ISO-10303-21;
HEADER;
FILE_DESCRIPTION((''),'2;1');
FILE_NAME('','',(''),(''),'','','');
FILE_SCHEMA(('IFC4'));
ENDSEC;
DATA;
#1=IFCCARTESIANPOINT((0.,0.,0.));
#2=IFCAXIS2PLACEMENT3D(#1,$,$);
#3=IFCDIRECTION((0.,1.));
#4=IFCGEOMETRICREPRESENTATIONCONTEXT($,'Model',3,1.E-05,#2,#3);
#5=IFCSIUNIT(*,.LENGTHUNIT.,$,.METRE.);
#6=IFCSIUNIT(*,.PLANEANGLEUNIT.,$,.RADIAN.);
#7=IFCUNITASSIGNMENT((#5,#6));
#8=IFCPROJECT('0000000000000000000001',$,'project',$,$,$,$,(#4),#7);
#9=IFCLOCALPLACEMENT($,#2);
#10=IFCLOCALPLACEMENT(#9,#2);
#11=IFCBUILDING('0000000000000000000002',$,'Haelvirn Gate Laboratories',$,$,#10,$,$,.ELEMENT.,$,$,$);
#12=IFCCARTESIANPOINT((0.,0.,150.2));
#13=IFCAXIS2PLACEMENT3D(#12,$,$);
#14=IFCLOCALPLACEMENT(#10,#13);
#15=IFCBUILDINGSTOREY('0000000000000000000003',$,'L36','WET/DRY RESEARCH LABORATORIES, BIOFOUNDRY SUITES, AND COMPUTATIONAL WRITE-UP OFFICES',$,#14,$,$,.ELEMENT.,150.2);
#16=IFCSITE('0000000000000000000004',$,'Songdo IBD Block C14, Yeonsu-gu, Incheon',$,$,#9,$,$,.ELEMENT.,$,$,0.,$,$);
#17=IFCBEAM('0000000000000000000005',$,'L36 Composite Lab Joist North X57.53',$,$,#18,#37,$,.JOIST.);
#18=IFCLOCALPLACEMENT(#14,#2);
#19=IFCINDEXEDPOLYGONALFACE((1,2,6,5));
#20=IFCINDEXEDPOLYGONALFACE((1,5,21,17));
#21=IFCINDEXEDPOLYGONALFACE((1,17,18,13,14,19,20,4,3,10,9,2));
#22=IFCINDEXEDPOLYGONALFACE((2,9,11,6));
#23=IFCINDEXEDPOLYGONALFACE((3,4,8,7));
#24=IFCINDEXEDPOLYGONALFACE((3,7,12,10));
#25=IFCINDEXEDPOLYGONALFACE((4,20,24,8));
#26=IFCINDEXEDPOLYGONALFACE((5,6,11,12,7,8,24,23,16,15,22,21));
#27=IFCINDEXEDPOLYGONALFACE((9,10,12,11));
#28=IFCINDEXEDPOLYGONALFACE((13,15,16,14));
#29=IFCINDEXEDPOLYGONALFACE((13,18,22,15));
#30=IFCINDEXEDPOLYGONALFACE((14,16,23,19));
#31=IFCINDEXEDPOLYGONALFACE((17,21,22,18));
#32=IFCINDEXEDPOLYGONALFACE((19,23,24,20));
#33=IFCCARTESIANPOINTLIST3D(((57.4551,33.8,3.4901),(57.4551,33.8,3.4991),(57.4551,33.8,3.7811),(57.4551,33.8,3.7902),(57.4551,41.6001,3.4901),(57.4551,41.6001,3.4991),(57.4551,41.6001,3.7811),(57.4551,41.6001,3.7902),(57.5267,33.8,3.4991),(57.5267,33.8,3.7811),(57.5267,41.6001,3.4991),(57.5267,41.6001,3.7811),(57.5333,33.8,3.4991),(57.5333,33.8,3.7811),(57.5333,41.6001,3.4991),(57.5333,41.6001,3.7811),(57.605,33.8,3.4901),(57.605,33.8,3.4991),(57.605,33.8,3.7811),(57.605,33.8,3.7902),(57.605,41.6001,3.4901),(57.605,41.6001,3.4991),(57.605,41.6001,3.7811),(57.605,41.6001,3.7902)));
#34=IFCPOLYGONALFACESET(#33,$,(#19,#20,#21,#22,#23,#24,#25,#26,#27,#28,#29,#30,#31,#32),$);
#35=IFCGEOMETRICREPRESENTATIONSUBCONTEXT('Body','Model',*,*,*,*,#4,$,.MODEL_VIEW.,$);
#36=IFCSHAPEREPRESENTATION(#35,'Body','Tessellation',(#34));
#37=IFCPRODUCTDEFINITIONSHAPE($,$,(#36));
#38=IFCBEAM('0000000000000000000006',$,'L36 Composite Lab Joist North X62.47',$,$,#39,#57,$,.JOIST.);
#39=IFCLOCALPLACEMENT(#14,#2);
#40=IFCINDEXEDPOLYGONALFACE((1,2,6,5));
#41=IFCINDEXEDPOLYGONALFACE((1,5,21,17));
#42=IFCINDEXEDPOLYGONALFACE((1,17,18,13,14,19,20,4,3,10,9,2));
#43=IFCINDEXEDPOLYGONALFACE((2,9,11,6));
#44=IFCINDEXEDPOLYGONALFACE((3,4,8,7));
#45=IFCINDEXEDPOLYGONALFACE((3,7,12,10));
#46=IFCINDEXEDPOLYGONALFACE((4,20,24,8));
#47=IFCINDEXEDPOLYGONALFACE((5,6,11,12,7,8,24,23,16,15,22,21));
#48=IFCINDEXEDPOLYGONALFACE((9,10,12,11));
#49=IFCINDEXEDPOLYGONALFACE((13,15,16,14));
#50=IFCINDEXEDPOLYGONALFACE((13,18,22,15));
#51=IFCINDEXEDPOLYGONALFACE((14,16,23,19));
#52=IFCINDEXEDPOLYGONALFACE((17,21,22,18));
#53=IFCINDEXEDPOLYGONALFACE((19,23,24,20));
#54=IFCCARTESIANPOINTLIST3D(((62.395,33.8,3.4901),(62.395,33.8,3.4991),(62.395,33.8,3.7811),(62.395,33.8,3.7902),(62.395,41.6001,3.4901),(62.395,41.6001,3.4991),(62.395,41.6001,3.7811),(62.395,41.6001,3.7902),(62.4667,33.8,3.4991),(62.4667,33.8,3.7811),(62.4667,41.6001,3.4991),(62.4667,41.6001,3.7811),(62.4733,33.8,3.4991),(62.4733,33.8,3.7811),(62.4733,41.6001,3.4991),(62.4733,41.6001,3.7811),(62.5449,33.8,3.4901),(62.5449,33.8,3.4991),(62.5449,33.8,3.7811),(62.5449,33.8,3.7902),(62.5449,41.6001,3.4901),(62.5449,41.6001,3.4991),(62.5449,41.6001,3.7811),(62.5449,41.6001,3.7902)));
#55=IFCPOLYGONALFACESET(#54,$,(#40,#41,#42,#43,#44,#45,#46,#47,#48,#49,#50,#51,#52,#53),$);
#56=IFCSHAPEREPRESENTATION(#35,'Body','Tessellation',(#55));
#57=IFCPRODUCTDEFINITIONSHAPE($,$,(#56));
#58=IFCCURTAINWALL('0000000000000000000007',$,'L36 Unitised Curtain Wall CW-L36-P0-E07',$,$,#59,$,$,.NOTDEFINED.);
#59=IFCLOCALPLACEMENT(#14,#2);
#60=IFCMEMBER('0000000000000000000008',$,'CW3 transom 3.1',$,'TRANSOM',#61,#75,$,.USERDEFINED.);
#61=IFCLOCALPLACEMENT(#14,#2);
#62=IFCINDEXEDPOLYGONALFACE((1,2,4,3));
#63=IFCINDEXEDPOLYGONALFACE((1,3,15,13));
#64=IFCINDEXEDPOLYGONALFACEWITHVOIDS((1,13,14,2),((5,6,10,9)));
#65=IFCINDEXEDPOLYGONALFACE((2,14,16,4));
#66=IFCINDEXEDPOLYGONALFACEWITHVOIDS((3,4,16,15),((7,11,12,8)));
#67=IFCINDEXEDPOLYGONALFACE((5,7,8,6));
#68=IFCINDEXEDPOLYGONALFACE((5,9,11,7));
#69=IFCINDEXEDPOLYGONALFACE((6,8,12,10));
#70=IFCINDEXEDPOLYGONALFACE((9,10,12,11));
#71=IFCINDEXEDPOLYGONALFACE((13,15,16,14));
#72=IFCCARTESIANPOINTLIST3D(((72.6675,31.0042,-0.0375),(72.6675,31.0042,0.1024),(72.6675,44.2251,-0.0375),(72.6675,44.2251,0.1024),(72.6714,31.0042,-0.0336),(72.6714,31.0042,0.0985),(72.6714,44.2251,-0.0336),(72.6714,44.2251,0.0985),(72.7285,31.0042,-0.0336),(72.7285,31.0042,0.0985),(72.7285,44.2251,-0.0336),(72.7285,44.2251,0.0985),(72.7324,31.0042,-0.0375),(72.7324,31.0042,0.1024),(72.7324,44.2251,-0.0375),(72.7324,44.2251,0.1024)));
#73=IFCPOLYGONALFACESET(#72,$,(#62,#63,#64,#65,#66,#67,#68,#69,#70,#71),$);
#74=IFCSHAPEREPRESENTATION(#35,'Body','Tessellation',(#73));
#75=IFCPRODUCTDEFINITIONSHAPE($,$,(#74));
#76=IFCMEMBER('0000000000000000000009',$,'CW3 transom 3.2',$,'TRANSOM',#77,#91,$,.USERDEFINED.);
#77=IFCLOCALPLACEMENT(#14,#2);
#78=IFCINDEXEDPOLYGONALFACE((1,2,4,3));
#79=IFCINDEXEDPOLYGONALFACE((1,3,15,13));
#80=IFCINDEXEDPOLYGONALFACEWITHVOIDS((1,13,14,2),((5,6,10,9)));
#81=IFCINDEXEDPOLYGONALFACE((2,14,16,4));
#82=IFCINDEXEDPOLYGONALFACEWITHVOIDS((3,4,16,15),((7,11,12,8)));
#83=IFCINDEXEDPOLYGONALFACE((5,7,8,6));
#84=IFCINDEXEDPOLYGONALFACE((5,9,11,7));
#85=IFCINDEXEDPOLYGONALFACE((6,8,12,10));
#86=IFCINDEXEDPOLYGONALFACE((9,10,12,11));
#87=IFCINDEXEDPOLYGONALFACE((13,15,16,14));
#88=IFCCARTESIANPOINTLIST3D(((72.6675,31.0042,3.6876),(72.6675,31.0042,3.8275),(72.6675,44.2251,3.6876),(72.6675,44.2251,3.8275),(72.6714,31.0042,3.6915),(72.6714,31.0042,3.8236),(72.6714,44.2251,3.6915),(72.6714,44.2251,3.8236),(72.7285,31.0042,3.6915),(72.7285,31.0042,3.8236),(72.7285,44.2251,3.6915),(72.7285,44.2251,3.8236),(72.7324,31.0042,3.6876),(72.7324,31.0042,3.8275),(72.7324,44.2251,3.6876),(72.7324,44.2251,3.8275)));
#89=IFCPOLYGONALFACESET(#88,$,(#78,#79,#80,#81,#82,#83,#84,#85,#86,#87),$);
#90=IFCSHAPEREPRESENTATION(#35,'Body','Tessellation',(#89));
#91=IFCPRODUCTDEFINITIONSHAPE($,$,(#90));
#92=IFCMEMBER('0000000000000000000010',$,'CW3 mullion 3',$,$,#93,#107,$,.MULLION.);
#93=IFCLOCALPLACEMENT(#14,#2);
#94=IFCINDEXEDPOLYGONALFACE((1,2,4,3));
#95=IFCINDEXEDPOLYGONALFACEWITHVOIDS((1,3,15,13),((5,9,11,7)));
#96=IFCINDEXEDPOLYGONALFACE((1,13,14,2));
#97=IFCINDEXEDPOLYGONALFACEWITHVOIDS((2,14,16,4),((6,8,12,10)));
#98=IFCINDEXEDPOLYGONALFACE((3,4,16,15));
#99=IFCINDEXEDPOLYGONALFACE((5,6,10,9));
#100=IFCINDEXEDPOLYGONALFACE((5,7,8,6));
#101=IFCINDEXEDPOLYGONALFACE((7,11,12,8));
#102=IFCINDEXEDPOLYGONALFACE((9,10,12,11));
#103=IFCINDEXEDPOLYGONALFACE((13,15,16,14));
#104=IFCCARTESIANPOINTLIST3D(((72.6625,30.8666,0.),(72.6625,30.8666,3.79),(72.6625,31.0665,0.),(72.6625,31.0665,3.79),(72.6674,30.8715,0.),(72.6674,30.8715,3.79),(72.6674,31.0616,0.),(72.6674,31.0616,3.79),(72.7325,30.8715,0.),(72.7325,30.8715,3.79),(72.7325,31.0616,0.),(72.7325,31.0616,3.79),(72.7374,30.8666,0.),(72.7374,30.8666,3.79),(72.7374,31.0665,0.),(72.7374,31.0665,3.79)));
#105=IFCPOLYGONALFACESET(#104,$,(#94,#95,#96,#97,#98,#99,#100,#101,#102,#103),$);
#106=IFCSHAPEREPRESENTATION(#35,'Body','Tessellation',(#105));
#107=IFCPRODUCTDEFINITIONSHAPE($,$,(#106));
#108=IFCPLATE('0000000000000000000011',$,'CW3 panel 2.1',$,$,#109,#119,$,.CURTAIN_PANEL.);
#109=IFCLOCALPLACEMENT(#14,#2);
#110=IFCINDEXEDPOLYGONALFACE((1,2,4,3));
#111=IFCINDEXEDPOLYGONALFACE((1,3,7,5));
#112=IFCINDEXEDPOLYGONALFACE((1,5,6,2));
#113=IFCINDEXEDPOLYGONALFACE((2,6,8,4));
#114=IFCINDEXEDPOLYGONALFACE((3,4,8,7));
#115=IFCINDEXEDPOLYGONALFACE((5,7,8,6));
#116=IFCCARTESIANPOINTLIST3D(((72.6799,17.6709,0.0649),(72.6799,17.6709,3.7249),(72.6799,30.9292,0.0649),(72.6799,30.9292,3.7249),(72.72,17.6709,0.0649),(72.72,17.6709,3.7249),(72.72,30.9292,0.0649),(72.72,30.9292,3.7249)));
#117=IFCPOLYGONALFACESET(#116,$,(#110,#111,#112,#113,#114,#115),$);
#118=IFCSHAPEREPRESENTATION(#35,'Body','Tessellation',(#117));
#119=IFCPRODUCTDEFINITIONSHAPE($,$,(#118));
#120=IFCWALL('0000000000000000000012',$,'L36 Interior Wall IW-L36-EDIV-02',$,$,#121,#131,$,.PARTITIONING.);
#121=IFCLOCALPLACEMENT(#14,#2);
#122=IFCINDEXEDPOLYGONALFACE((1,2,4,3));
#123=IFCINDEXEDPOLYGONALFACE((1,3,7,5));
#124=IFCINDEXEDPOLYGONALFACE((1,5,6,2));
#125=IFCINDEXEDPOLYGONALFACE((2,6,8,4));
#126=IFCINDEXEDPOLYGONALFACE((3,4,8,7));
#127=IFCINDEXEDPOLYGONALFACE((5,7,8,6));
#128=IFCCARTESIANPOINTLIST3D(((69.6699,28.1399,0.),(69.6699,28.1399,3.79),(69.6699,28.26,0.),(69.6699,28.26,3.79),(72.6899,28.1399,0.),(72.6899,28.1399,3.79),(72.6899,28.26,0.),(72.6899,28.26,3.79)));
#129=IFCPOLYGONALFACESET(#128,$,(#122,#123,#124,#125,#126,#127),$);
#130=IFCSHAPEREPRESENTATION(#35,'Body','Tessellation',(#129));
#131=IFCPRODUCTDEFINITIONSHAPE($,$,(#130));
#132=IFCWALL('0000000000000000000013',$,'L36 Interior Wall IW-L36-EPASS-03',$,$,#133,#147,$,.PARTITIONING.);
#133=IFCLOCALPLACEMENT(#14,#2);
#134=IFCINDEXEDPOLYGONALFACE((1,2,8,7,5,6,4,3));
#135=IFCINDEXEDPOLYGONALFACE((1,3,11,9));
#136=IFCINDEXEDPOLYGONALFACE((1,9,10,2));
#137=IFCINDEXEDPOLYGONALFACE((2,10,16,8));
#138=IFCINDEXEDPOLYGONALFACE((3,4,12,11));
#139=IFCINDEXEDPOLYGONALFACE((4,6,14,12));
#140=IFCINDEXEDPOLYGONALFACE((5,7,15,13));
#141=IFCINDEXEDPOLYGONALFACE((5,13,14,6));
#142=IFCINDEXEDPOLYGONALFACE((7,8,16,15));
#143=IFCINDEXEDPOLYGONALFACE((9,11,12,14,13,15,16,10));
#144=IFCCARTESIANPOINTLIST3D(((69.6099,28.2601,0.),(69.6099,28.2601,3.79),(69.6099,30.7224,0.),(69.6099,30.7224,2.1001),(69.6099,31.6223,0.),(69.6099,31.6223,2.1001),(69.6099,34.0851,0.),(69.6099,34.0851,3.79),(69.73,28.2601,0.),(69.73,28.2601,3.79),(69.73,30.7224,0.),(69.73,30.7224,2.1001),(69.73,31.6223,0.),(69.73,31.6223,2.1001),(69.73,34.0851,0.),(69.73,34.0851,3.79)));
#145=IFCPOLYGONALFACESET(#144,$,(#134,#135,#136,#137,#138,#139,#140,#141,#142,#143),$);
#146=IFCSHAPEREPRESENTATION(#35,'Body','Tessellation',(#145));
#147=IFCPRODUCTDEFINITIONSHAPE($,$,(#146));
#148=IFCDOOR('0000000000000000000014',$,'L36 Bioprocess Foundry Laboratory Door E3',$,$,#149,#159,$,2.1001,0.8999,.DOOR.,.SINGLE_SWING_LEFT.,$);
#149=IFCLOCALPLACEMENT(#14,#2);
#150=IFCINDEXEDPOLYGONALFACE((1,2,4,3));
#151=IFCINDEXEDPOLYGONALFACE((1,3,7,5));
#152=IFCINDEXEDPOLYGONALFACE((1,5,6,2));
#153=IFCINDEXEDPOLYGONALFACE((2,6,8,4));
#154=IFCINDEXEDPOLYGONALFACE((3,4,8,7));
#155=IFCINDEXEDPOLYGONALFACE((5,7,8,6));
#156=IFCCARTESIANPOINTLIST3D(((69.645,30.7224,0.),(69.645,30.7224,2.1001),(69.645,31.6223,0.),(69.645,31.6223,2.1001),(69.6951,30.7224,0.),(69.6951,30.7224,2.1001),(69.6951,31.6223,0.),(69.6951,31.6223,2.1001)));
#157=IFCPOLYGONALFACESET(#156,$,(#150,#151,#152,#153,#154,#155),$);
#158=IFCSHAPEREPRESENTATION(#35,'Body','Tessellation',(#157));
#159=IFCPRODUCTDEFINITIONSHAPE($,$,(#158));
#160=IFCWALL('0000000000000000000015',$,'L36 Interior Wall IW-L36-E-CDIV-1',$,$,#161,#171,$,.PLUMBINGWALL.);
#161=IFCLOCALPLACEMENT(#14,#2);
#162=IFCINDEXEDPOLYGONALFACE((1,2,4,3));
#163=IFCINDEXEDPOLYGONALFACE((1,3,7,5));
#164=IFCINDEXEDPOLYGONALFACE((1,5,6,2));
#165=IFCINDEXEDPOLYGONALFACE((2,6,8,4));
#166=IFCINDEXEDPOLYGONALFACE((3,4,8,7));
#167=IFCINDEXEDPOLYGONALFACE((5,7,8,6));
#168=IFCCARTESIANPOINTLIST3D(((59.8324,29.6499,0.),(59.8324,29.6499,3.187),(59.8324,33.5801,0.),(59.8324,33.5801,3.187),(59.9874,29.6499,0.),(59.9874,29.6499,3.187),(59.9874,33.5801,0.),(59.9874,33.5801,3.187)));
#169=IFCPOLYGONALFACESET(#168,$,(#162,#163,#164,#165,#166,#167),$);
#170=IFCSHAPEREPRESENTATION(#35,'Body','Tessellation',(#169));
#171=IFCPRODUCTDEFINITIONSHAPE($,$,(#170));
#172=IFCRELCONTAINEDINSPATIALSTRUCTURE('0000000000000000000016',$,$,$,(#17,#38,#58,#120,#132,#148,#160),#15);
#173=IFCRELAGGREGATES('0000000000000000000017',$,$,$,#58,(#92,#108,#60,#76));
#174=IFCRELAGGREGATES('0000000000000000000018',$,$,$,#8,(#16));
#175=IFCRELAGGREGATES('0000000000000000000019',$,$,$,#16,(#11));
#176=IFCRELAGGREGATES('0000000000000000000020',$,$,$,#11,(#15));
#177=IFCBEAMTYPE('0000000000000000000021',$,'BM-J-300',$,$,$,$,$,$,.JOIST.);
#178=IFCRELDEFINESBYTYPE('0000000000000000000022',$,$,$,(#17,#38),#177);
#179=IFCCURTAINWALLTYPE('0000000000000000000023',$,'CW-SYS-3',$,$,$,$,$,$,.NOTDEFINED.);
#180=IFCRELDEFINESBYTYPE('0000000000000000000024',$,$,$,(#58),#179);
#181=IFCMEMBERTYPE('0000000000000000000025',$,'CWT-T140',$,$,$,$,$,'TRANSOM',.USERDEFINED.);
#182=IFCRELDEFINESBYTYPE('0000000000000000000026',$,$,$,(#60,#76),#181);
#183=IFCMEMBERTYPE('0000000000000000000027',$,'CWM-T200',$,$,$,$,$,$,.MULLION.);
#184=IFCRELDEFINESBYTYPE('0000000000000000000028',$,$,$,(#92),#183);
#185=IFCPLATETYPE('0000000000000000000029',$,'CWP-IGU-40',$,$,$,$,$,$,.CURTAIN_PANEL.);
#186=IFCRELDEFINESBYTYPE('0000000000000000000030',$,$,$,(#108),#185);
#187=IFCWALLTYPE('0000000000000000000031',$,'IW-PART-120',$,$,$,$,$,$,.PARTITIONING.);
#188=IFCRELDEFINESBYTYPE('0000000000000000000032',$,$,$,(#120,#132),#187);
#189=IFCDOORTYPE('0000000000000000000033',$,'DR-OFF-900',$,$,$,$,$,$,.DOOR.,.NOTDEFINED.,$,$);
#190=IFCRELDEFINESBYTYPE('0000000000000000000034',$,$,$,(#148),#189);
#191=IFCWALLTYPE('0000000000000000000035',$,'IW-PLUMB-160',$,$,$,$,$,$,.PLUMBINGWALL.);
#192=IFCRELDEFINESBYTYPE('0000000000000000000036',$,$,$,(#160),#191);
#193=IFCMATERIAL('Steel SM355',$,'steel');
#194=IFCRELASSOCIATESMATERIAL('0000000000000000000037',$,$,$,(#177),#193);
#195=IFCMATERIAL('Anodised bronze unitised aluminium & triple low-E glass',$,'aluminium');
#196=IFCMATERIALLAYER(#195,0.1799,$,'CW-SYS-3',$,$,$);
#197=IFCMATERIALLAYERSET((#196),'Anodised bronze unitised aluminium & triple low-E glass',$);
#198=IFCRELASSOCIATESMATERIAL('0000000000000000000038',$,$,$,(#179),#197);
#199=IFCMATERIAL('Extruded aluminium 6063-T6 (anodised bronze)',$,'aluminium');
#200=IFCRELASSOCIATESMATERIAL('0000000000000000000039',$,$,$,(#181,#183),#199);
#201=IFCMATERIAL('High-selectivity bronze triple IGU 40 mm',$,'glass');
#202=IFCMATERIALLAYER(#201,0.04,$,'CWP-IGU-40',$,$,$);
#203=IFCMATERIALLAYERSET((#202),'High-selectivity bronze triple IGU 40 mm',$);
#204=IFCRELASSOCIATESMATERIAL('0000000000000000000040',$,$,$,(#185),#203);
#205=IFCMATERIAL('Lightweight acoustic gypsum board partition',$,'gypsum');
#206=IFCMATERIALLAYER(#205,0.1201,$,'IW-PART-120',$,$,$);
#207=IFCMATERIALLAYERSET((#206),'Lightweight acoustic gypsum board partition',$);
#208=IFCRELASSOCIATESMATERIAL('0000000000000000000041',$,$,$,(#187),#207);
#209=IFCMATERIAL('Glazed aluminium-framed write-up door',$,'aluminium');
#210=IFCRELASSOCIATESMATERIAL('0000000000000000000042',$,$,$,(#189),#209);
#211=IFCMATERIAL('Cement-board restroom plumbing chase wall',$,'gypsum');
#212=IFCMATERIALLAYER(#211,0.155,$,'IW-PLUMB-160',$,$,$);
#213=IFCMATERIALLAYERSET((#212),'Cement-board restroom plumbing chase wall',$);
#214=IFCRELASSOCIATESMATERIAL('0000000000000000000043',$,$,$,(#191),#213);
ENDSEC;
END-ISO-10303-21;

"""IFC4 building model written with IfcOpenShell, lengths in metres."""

from ifc_helpers import new_model, si_unit, direction, frame, frame_2d, origin, origin_2d, place, context, subcontext, project, spatial, rectangle, hollow_rectangle, i_section, extrude, source, transform, mapped, material, layer, layer_set, material_profile, profile_set, type_object, type_shapes, element, fill, aggregate, save


model = new_model("IFC4")

# Units and contexts
model_context = context("Model", 3, precision=1e-05, world=origin(), true_north=direction((0.0, 1.0)))
body_context = subcontext(model_context, "Body", "Model", "MODEL_VIEW")
ifc_project = project(units=[si_unit("LENGTHUNIT", "METRE"), si_unit("PLANEANGLEUNIT", "RADIAN")], contexts=[model_context])

# Site, building, storey
site_placement = place(None, origin())
site = spatial("IfcSite", under=ifc_project, at=site_placement, Name="Songdo IBD Block C14, Yeonsu-gu, Incheon", CompositionType="ELEMENT", RefElevation=0.0)
building_placement = place(site_placement, origin())
building = spatial("IfcBuilding", under=site, at=building_placement, Name="Haelvirn Gate Laboratories", CompositionType="ELEMENT")
storey_placement = place(building_placement, frame((0.0, 0.0, 150.2)))
storey = spatial("IfcBuildingStorey", under=building, at=storey_placement, Name="L36", Description="WET/DRY RESEARCH LABORATORIES, BIOFOUNDRY SUITES, AND COMPUTATIONAL WRITE-UP OFFICES", CompositionType="ELEMENT", Elevation=150.2)

# Beams
ifc_material_1 = material(Name="Steel SM355", Category="steel")
ifc_material_profile_1 = material_profile(ifc_material_1, i_section(OverallWidth=0.1499, OverallDepth=0.3, WebThickness=0.0066, FlangeThickness=0.009, at=origin_2d()), Name="H-300x150x6.5x9")
ifc_profile_set_1 = profile_set([ifc_material_profile_1], Name="Steel SM355")
beam_type = type_object("IfcBeamType", Name="BM-J-300", PredefinedType="JOIST", material=ifc_profile_set_1)
shared_shape_1 = source(origin(), body_context, "Body", "SweptSolid", [
    extrude(i_section(OverallWidth=0.1499, OverallDepth=0.3, WebThickness=0.0066, FlangeThickness=0.009, at=origin_2d()), origin(), (0.0, 0.0, 1.0), 7.8),
])
type_shapes(beam_type, [shared_shape_1])
for number, where, z_axis, x_axis, name in (
    (1, (57.53, 33.8, 3.6401), (0.0, 1.0, 0.0), (-1.0, 0.0, 0.0), "L36 Composite Lab Joist North X57.53"),
    (2, (62.47, 33.8, 3.6401), (0.0, 1.0, 0.0), (-1.0, 0.0, 0.0), "L36 Composite Lab Joist North X62.47"),
):
    element("IfcBeam", number, at=place(storey_placement, frame(where, z_axis=z_axis, x_axis=x_axis)), inside=storey, type_object=beam_type, Name=name, PredefinedType="JOIST", context=body_context, shape_type="MappedRepresentation", body=[
        mapped(shared_shape_1, transform((0.0, 0.0, 0.0), scale=1.0)),
    ])

# Curtain wall, members, plate
ifc_material_2 = material(Name="Anodised bronze unitised aluminium & triple low-E glass", Category="aluminium")
ifc_layer_1 = layer(ifc_material_2, 0.1799, Name="CW-SYS-3")
ifc_layer_set_1 = layer_set([ifc_layer_1], Name="Anodised bronze unitised aluminium & triple low-E glass")
curtain_wall_type = type_object("IfcCurtainWallType", Name="CW-SYS-3", PredefinedType="NOTDEFINED", material=ifc_layer_set_1)
curtain_wall_placement = place(storey_placement, origin())
curtain_wall = element("IfcCurtainWall", 3, at=curtain_wall_placement, inside=storey, type_object=curtain_wall_type, Name="L36 Unitised Curtain Wall CW-L36-P0-E07", PredefinedType="NOTDEFINED")
ifc_material_3 = material(Name="Extruded aluminium 6063-T6 (anodised bronze)", Category="aluminium")
ifc_material_profile_2 = material_profile(ifc_material_3, hollow_rectangle(XDim=0.0649, YDim=0.1399, WallThickness=0.0039, at=origin_2d()), Name="CWT-140x65x4")
ifc_profile_set_2 = profile_set([ifc_material_profile_2], Name="Extruded aluminium 6063-T6 (anodised bronze)")
member_type_1 = type_object("IfcMemberType", Name="CWT-T140", ElementType="TRANSOM", PredefinedType="USERDEFINED", material=ifc_profile_set_2)
shared_shape_2 = source(origin(), body_context, "Body", "SweptSolid", [
    extrude(hollow_rectangle(XDim=0.0649, YDim=0.1399, WallThickness=0.0039, at=origin_2d()), origin(), (0.0, 0.0, 1.0), 13.2209),
])
type_shapes(member_type_1, [shared_shape_2])
member_1_placement = place(storey_placement, frame((72.7, 31.0042, 0.0325), z_axis=(0.0, 1.0, 0.0), x_axis=(-1.0, 0.0, 0.0)))
member_1 = element("IfcMember", 4, at=member_1_placement, type_object=member_type_1, Name="CW3 transom 3.1", ObjectType="TRANSOM", PredefinedType="USERDEFINED", context=body_context, shape_type="MappedRepresentation", body=[
    mapped(shared_shape_2, transform((0.0, 0.0, 0.0), scale=1.0)),
])
member_2_placement = place(storey_placement, frame((72.7, 31.0042, 3.7576), z_axis=(0.0, 1.0, 0.0), x_axis=(-1.0, 0.0, 0.0)))
member_2 = element("IfcMember", 5, at=member_2_placement, type_object=member_type_1, Name="CW3 transom 3.2", ObjectType="TRANSOM", PredefinedType="USERDEFINED", context=body_context, shape_type="MappedRepresentation", body=[
    mapped(shared_shape_2, transform((0.0, 0.0, 0.0), scale=1.0)),
])
ifc_material_profile_3 = material_profile(ifc_material_3, hollow_rectangle(XDim=0.075, YDim=0.2, WallThickness=0.0049, at=origin_2d()), Name="CWM-200x75x5")
ifc_profile_set_3 = profile_set([ifc_material_profile_3], Name="Extruded aluminium 6063-T6 (anodised bronze)")
member_type_2 = type_object("IfcMemberType", Name="CWM-T200", PredefinedType="MULLION", material=ifc_profile_set_3)
shared_shape_3 = source(origin(), body_context, "Body", "SweptSolid", [
    extrude(hollow_rectangle(XDim=0.075, YDim=0.2, WallThickness=0.0049, at=origin_2d()), origin(), (0.0, 0.0, 1.0), 3.79),
])
type_shapes(member_type_2, [shared_shape_3])
member_3_placement = place(storey_placement, frame((72.7, 30.9666, 0.0), z_axis=(0.0, 0.0, 1.0), x_axis=(-1.0, 0.0, 0.0)))
member_3 = element("IfcMember", 6, at=member_3_placement, type_object=member_type_2, Name="CW3 mullion 3", PredefinedType="MULLION", context=body_context, shape_type="MappedRepresentation", body=[
    mapped(shared_shape_3, transform((0.0, 0.0, 0.0), scale=1.0)),
])
ifc_material_4 = material(Name="High-selectivity bronze triple IGU 40 mm", Category="glass")
ifc_layer_2 = layer(ifc_material_4, 0.04, Name="CWP-IGU-40")
ifc_layer_set_2 = layer_set([ifc_layer_2], Name="High-selectivity bronze triple IGU 40 mm")
plate_type = type_object("IfcPlateType", Name="CWP-IGU-40", PredefinedType="CURTAIN_PANEL", material=ifc_layer_set_2)
shared_shape_4 = source(origin(), body_context, "Body", "SweptSolid", [
    extrude(rectangle(XDim=13.2583, YDim=0.04, at=origin_2d()), origin(), (0.0, 0.0, 1.0), 3.6599),
])
type_shapes(plate_type, [shared_shape_4])
plate_placement = place(storey_placement, frame((72.7, 24.3, 0.0649), z_axis=(0.0, 0.0, 1.0), x_axis=(0.0, 1.0, 0.0)))
plate = element("IfcPlate", 7, at=plate_placement, type_object=plate_type, Name="CW3 panel 2.1", PredefinedType="CURTAIN_PANEL", context=body_context, shape_type="MappedRepresentation", body=[
    mapped(shared_shape_4, transform((0.0, 0.0, 0.0), scale=1.0)),
])
aggregate(curtain_wall, [member_3, plate, member_1, member_2])

# Wall
ifc_material_5 = material(Name="Lightweight acoustic gypsum board partition", Category="gypsum")
ifc_layer_3 = layer(ifc_material_5, 0.1201, Name="IW-PART-120")
ifc_layer_set_3 = layer_set([ifc_layer_3], Name="Lightweight acoustic gypsum board partition")
wall_type_1 = type_object("IfcWallType", Name="IW-PART-120", PredefinedType="PARTITIONING", material=ifc_layer_set_3)
wall_1_placement = place(storey_placement, frame((69.6699, 28.2, 0.0), z_axis=(0.0, 0.0, 1.0), x_axis=(1.0, 0.0, 0.0)))
element("IfcWall", 8, at=wall_1_placement, inside=storey, type_object=wall_type_1, Name="L36 Interior Wall IW-L36-EDIV-02", PredefinedType="PARTITIONING", context=body_context, shape_type="SweptSolid", body=[
    extrude(rectangle(XDim=3.02, YDim=0.1201, at=frame_2d((1.51, 0.0))), origin(), (0.0, 0.0, 1.0), 3.79),
])

# Wall, opening, door
wall_2_placement = place(storey_placement, frame((69.6699, 28.26, 0.0), z_axis=(0.0, 0.0, 1.0), x_axis=(0.0, 1.0, 0.0)))
wall_2 = element("IfcWall", 9, at=wall_2_placement, inside=storey, type_object=wall_type_1, Name="L36 Interior Wall IW-L36-EPASS-03", PredefinedType="PARTITIONING", context=body_context, shape_type="SweptSolid", body=[
    extrude(rectangle(XDim=5.825, YDim=0.1201, at=frame_2d((2.9126, 0.0))), origin(), (0.0, 0.0, 1.0), 3.79),
])
opening_1_placement = place(wall_2_placement, frame((2.4624, 0.0, 0.0)))
opening_1 = element("IfcOpeningElement", 10, at=opening_1_placement, cuts=wall_2, PredefinedType="OPENING", context=body_context, shape_type="SweptSolid", body=[
    extrude(rectangle(XDim=0.8999, YDim=2.1001, at=frame_2d((0.45, 1.05))), frame((0.0, 0.0701, 0.0), z_axis=(0.0, -1.0, 0.0), x_axis=(1.0, 0.0, 0.0)), (0.0, 0.0, 1.0), 0.1401),
])
ifc_material_6 = material(Name="Glazed aluminium-framed write-up door", Category="aluminium")
door_type_1 = type_object("IfcDoorType", Name="DR-OFF-900", OperationType="NOTDEFINED", PredefinedType="DOOR", material=ifc_material_6)
shared_shape_5 = source(origin(), body_context, "Body", "SweptSolid", [
    extrude(rectangle(XDim=0.8999, YDim=2.1001, at=frame_2d((0.45, 1.05))), frame((0.0, 0.0249, 0.0), z_axis=(0.0, -1.0, 0.0), x_axis=(1.0, 0.0, 0.0)), (0.0, 0.0, 1.0), 0.05),
])
type_shapes(door_type_1, [shared_shape_5])
door_1_placement = place(opening_1_placement, origin())
door_1 = element("IfcDoor", 11, at=door_1_placement, inside=storey, type_object=door_type_1, Name="L36 Bioprocess Foundry Laboratory Door E3", OperationType="SINGLE_SWING_LEFT", OverallHeight=2.1001, OverallWidth=0.8999, PredefinedType="DOOR", context=body_context, shape_type="MappedRepresentation", body=[
    mapped(shared_shape_5, transform((0.0, 0.0, 0.0), scale=1.0)),
])
fill(opening_1, door_1)

# Wall
ifc_material_7 = material(Name="Cement-board restroom plumbing chase wall", Category="gypsum")
ifc_layer_4 = layer(ifc_material_7, 0.155, Name="IW-PLUMB-160")
ifc_layer_set_4 = layer_set([ifc_layer_4], Name="Cement-board restroom plumbing chase wall")
wall_type_2 = type_object("IfcWallType", Name="IW-PLUMB-160", PredefinedType="PLUMBINGWALL", material=ifc_layer_set_4)
wall_3_placement = place(storey_placement, frame((59.9099, 29.6499, 0.0), z_axis=(0.0, 0.0, 1.0), x_axis=(0.0, 1.0, 0.0)))
element("IfcWall", 12, at=wall_3_placement, inside=storey, type_object=wall_type_2, Name="L36 Interior Wall IW-L36-E-CDIV-1", PredefinedType="PLUMBINGWALL", context=body_context, shape_type="SweptSolid", body=[
    extrude(rectangle(XDim=3.9302, YDim=0.155, at=frame_2d((1.9651, 0.0))), origin(), (0.0, 0.0, 1.0), 3.187),
])

save(model, "model.ifc")
